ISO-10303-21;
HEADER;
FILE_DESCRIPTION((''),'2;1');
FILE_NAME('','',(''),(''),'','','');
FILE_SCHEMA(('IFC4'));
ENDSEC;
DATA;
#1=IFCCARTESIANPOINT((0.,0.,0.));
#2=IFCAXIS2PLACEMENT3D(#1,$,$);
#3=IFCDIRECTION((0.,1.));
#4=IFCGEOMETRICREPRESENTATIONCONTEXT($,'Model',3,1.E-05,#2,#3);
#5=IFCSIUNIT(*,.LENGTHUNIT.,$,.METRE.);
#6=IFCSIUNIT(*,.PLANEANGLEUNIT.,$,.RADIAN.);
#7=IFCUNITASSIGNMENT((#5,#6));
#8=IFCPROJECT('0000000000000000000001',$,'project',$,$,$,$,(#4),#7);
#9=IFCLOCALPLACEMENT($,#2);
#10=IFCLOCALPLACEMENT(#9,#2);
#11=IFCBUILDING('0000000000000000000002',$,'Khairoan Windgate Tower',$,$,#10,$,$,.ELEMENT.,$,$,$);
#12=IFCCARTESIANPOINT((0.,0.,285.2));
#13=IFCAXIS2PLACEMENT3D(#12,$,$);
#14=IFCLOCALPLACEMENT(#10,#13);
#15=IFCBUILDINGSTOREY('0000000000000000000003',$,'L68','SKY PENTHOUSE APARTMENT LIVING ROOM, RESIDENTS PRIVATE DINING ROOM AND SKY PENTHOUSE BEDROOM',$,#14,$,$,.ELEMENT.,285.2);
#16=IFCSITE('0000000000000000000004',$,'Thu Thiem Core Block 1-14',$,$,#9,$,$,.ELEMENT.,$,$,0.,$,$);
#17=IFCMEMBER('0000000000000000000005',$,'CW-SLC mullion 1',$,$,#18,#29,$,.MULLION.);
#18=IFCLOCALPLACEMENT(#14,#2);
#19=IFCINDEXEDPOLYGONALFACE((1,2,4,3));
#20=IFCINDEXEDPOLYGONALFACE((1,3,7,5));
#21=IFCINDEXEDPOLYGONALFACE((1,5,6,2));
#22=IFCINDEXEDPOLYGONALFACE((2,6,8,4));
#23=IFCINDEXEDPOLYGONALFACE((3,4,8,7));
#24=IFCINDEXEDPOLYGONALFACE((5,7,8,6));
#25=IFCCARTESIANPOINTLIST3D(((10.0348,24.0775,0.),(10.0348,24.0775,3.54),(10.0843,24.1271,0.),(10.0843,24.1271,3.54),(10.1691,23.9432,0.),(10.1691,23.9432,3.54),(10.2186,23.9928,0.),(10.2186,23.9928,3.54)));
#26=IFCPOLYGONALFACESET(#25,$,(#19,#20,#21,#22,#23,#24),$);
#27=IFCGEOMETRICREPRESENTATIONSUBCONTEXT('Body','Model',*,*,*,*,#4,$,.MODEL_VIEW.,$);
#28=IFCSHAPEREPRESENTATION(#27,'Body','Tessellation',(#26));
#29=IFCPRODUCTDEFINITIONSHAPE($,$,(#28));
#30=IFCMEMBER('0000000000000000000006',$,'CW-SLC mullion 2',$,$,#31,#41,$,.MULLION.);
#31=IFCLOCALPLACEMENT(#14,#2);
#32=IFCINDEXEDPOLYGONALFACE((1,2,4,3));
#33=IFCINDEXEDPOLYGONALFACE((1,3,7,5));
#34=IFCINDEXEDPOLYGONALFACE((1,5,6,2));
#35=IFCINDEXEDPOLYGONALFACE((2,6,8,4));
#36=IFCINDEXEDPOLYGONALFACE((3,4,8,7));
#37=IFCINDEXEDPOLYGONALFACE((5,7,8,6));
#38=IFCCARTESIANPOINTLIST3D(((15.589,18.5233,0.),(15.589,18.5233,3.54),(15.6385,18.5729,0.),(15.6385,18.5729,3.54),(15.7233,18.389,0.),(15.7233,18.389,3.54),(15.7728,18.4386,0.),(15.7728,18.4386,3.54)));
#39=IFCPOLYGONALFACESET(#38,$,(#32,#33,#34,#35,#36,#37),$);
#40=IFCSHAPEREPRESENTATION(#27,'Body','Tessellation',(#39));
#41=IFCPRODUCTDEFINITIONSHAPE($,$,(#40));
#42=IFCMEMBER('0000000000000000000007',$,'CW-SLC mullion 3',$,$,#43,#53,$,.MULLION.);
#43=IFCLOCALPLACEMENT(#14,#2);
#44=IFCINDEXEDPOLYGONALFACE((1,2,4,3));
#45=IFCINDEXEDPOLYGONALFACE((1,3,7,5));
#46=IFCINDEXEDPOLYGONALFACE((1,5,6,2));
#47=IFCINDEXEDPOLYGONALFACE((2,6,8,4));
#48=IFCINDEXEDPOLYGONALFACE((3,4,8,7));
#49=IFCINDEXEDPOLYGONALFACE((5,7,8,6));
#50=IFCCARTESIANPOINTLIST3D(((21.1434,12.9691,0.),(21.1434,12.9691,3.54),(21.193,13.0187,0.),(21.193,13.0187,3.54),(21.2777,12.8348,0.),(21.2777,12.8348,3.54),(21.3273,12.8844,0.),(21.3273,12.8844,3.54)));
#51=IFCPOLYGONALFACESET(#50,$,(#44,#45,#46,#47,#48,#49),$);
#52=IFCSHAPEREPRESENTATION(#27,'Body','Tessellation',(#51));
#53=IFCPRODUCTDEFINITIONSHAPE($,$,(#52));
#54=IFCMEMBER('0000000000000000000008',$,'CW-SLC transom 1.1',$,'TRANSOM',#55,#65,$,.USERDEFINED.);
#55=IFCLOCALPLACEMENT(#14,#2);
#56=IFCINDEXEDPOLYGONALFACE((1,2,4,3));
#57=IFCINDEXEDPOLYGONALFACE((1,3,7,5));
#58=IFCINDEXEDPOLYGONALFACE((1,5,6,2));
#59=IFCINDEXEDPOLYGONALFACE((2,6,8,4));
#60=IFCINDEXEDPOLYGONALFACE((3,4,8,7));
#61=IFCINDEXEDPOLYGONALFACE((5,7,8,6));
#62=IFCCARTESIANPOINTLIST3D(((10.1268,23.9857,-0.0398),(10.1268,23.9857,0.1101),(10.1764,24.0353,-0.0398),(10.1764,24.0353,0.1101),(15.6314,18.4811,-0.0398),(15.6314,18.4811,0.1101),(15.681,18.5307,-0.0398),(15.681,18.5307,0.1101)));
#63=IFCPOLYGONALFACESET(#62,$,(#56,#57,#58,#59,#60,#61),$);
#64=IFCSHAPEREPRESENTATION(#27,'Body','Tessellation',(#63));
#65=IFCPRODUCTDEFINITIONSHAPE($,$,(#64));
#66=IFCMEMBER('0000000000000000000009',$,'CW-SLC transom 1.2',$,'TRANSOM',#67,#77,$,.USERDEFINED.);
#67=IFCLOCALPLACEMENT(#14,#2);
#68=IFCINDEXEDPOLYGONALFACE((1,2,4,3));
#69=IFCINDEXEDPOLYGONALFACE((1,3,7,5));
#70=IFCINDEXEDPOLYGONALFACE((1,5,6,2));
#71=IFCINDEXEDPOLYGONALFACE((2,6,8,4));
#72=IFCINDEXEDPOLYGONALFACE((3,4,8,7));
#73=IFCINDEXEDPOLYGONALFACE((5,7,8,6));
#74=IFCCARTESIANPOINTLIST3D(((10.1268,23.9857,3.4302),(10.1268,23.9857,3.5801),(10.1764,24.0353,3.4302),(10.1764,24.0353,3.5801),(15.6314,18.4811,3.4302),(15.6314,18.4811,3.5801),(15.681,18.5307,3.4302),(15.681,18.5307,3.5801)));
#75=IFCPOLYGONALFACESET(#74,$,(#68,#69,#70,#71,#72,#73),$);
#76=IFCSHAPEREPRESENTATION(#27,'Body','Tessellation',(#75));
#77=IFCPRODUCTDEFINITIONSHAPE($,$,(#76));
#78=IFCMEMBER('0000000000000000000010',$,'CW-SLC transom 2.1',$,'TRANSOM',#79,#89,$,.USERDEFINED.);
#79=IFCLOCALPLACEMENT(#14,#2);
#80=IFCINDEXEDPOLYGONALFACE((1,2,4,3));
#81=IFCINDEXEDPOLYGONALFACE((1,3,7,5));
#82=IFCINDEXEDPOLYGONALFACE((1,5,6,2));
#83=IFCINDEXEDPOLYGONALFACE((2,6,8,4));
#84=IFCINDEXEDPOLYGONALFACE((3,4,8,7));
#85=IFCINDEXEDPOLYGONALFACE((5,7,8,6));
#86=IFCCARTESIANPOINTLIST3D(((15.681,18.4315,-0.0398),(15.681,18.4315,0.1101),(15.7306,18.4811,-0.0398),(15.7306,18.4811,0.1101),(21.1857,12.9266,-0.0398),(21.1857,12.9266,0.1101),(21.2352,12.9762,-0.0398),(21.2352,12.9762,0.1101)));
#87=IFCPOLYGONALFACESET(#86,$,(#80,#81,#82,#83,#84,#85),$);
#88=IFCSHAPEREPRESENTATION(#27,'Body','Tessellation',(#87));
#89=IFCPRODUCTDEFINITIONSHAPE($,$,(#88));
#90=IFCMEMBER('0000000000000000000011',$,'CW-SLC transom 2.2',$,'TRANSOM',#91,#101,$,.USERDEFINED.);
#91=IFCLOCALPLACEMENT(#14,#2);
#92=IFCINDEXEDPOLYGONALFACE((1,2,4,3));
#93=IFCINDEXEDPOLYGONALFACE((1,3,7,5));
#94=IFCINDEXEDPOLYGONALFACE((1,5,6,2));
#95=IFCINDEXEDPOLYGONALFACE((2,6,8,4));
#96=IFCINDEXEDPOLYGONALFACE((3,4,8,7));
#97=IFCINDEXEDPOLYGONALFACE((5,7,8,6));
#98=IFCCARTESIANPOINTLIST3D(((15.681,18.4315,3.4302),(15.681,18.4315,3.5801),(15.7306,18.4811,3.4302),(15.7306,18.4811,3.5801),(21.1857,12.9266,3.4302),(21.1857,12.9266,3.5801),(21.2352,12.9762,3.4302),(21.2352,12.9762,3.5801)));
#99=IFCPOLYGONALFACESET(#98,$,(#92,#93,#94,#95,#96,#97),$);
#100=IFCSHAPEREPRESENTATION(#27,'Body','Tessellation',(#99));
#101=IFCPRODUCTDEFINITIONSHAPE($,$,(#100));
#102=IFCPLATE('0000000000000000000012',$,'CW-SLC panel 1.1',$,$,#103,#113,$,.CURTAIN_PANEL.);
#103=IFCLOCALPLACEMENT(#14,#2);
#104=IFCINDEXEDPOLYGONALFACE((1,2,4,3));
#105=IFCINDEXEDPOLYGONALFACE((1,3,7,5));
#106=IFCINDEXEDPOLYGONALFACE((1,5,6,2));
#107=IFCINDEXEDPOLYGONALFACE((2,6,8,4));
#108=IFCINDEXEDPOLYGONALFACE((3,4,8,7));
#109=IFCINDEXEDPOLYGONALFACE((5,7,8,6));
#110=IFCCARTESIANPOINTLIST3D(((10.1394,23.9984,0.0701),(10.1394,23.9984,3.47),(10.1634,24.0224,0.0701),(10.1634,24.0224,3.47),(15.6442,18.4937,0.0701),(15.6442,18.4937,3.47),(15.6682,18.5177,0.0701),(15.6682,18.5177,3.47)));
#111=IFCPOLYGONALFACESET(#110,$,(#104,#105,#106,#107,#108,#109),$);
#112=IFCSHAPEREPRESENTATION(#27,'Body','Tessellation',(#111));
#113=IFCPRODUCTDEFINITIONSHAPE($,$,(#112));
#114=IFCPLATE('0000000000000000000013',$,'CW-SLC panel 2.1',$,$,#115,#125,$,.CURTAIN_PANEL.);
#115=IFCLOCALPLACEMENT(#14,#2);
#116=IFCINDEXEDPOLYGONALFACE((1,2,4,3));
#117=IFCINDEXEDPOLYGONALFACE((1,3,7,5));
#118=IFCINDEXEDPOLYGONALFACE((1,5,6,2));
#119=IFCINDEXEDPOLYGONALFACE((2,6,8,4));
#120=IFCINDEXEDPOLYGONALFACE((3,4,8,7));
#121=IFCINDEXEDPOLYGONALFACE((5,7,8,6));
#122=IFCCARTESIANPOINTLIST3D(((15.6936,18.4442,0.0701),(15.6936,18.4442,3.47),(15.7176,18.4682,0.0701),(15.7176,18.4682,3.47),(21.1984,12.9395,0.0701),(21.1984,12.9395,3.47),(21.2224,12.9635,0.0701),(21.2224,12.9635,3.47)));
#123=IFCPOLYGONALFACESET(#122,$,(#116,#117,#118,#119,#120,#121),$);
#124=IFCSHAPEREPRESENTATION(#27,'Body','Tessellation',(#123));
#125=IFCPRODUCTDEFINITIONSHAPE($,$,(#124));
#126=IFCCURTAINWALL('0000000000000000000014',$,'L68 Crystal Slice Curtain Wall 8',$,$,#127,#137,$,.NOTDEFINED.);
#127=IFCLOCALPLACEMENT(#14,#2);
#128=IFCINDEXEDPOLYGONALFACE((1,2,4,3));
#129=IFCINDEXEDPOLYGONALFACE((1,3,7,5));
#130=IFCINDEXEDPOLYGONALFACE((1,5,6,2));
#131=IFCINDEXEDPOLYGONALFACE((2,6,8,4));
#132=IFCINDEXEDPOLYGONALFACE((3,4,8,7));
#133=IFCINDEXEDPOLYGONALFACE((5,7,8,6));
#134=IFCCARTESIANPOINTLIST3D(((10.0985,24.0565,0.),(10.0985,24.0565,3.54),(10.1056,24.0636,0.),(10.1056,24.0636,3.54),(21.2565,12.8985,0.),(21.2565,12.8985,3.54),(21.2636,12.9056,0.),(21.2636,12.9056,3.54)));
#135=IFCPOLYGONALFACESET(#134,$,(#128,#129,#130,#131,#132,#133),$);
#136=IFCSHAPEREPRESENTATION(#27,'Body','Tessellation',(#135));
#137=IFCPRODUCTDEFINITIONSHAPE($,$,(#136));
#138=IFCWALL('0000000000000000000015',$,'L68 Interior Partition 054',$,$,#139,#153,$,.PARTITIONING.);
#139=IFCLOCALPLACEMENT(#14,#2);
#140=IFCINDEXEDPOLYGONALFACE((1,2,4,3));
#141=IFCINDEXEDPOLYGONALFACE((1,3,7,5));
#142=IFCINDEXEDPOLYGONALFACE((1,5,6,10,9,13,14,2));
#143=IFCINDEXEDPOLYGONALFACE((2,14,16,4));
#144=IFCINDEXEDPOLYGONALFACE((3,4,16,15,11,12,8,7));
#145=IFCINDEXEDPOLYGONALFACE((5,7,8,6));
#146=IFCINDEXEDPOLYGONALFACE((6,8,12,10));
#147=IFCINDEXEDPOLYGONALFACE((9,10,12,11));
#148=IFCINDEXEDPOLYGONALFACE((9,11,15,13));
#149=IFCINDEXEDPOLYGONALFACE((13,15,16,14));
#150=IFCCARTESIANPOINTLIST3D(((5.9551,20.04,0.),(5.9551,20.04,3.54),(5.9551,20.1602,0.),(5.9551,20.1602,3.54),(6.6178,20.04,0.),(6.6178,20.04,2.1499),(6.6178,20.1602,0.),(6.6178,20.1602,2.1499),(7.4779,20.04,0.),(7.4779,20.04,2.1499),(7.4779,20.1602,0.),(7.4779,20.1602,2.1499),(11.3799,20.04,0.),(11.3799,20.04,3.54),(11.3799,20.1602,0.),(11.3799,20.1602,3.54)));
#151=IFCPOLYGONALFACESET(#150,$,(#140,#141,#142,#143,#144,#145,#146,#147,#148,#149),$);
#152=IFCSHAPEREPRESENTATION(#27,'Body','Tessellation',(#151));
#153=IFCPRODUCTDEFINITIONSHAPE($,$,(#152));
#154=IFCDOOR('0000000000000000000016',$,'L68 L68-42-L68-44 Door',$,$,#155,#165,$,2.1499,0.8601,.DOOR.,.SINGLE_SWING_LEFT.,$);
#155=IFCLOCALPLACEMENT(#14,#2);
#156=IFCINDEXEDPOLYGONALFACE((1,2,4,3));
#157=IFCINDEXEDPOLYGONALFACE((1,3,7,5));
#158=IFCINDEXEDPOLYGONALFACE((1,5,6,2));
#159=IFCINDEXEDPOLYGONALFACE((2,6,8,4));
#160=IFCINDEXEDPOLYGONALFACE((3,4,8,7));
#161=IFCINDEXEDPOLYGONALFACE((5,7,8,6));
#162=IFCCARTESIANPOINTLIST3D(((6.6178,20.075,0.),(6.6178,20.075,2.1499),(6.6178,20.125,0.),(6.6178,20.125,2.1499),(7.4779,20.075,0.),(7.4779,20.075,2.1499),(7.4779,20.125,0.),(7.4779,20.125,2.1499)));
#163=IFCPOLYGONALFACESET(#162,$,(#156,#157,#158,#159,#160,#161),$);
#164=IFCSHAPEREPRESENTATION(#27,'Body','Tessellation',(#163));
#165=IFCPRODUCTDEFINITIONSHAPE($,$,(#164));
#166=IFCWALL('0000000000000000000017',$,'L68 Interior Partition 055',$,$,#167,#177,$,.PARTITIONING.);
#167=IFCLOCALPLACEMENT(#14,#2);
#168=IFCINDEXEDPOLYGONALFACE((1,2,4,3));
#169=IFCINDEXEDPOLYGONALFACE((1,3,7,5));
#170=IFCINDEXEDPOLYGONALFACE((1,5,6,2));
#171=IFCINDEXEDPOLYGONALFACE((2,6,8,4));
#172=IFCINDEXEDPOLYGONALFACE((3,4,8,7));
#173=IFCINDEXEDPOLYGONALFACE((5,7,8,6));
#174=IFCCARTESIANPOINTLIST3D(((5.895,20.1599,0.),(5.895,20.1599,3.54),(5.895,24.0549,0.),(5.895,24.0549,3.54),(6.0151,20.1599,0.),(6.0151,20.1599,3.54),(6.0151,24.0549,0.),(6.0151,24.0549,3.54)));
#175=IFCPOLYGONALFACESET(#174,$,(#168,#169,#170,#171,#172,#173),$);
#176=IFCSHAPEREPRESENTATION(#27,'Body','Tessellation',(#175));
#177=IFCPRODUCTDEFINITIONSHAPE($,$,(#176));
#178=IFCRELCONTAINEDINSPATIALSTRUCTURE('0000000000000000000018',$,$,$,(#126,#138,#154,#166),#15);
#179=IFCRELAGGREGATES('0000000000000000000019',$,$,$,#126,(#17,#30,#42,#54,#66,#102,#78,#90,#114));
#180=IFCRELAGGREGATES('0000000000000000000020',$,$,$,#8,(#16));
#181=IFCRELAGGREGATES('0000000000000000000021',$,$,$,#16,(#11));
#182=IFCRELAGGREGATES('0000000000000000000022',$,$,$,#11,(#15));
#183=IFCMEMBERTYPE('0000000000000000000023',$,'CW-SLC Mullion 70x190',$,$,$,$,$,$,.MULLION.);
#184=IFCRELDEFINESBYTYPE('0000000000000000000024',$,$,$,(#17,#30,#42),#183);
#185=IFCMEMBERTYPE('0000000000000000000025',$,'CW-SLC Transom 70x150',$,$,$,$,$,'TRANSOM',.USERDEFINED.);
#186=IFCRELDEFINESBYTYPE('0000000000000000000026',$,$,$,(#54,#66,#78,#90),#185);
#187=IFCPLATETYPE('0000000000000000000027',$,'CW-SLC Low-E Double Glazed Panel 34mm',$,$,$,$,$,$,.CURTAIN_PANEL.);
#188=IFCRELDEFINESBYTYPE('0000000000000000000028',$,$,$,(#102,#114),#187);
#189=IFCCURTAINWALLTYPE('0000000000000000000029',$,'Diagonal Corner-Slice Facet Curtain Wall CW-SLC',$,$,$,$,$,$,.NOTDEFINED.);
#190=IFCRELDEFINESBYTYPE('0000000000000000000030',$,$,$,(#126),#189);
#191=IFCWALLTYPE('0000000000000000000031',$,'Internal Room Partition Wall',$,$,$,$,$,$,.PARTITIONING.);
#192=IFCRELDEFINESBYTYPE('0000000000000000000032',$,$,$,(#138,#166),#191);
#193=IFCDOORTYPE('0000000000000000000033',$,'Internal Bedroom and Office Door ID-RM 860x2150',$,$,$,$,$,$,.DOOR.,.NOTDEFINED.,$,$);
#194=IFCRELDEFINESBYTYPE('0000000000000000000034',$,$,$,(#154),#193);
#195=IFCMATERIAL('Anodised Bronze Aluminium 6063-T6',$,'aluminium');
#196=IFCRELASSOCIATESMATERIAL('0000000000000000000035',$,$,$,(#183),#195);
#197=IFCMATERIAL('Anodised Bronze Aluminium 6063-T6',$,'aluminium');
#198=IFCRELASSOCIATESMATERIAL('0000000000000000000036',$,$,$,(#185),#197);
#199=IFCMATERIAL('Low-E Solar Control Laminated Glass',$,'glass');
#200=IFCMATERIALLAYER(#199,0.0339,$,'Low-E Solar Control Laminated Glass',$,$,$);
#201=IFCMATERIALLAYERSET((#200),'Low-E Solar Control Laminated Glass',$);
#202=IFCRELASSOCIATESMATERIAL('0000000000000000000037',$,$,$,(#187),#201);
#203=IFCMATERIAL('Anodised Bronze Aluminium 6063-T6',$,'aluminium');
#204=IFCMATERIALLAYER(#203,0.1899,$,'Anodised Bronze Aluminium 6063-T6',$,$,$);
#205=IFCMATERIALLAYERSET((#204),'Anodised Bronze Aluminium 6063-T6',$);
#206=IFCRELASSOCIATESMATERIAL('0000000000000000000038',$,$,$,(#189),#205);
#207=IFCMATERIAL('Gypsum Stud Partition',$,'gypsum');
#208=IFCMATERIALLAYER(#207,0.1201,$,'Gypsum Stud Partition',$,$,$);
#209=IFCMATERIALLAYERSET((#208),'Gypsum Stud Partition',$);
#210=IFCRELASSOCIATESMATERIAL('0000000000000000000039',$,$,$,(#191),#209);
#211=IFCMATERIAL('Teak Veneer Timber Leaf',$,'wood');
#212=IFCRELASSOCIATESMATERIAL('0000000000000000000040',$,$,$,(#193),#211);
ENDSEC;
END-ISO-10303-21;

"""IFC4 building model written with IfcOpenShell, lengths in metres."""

from ifc_helpers import new_model, si_unit, direction, frame, frame_2d, origin, origin_2d, place, context, subcontext, project, spatial, rectangle, extrude, material, layer, layer_set, material_profile, profile_set, type_object, element, fill, aggregate, save


model = new_model("IFC4")

# Units and contexts
model_context = context("Model", 3, precision=1e-05, world=origin(), true_north=direction((0.0, 1.0)))
body_context = subcontext(model_context, "Body", "Model", "MODEL_VIEW")
ifc_project = project(units=[si_unit("LENGTHUNIT", "METRE"), si_unit("PLANEANGLEUNIT", "RADIAN")], contexts=[model_context])

# Site, building, storey
site_placement = place(None, origin())
site = spatial("IfcSite", under=ifc_project, at=site_placement, Name="Thu Thiem Core Block 1-14", CompositionType="ELEMENT", RefElevation=0.0)
building_placement = place(site_placement, origin())
building = spatial("IfcBuilding", under=site, at=building_placement, Name="Khairoan Windgate Tower", CompositionType="ELEMENT")
storey_placement = place(building_placement, frame((0.0, 0.0, 285.2)))
storey = spatial("IfcBuildingStorey", under=building, at=storey_placement, Name="L68", Description="SKY PENTHOUSE APARTMENT LIVING ROOM, RESIDENTS PRIVATE DINING ROOM AND SKY PENTHOUSE BEDROOM", CompositionType="ELEMENT", Elevation=285.2)

# Members
ifc_material_1 = material(Name="Anodised Bronze Aluminium 6063-T6", Category="aluminium")
ifc_material_profile_1 = material_profile(ifc_material_1, rectangle(XDim=0.0701, YDim=0.1899, at=origin_2d()))
ifc_profile_set_1 = profile_set([ifc_material_profile_1], Name="Anodised Bronze Aluminium 6063-T6")
member_type_1 = type_object("IfcMemberType", Name="CW-SLC Mullion 70x190", PredefinedType="MULLION", material=ifc_profile_set_1)
member_1_placement = place(storey_placement, frame((10.1267, 24.0352, 0.0), z_axis=(0.0, 0.0, 1.0), x_axis=(0.707107, 0.707107, 0.0)))
member_1 = element("IfcMember", 1, at=member_1_placement, type_object=member_type_1, Name="CW-SLC mullion 1", PredefinedType="MULLION", context=body_context, shape_type="SweptSolid", body=[
    extrude(rectangle(XDim=0.0701, YDim=0.1899, at=origin_2d()), origin(), (0.0, 0.0, 1.0), 3.54),
])
member_2_placement = place(storey_placement, frame((15.6809, 18.481, 0.0), z_axis=(0.0, 0.0, 1.0), x_axis=(0.707107, 0.707107, 0.0)))
member_2 = element("IfcMember", 2, at=member_2_placement, type_object=member_type_1, Name="CW-SLC mullion 2", PredefinedType="MULLION", context=body_context, shape_type="SweptSolid", body=[
    extrude(rectangle(XDim=0.0701, YDim=0.1899, at=origin_2d()), origin(), (0.0, 0.0, 1.0), 3.54),
])
member_3_placement = place(storey_placement, frame((21.2354, 12.9268, 0.0), z_axis=(0.0, 0.0, 1.0), x_axis=(0.707107, 0.707107, 0.0)))
member_3 = element("IfcMember", 3, at=member_3_placement, type_object=member_type_1, Name="CW-SLC mullion 3", PredefinedType="MULLION", context=body_context, shape_type="SweptSolid", body=[
    extrude(rectangle(XDim=0.0701, YDim=0.1899, at=origin_2d()), origin(), (0.0, 0.0, 1.0), 3.54),
])
ifc_material_2 = material(Name="Anodised Bronze Aluminium 6063-T6", Category="aluminium")
ifc_material_profile_2 = material_profile(ifc_material_2, rectangle(XDim=0.0701, YDim=0.1499, at=origin_2d()))
ifc_profile_set_2 = profile_set([ifc_material_profile_2], Name="Anodised Bronze Aluminium 6063-T6")
member_type_2 = type_object("IfcMemberType", Name="CW-SLC Transom 70x150", ElementType="TRANSOM", PredefinedType="USERDEFINED", material=ifc_profile_set_2)
member_4_placement = place(storey_placement, frame((10.1516, 24.0105, 0.0352), z_axis=(0.707107, -0.707107, 0.0), x_axis=(0.707107, 0.707107, 0.0)))
member_4 = element("IfcMember", 4, at=member_4_placement, type_object=member_type_2, Name="CW-SLC transom 1.1", ObjectType="TRANSOM", PredefinedType="USERDEFINED", context=body_context, shape_type="SweptSolid", body=[
    extrude(rectangle(XDim=0.0701, YDim=0.1499, at=origin_2d()), origin(), (0.0, 0.0, 1.0), 7.7847),
])
member_5_placement = place(storey_placement, frame((10.1516, 24.0105, 3.5051), z_axis=(0.707107, -0.707107, 0.0), x_axis=(0.707107, 0.707107, 0.0)))
member_5 = element("IfcMember", 5, at=member_5_placement, type_object=member_type_2, Name="CW-SLC transom 1.2", ObjectType="TRANSOM", PredefinedType="USERDEFINED", context=body_context, shape_type="SweptSolid", body=[
    extrude(rectangle(XDim=0.0701, YDim=0.1499, at=origin_2d()), origin(), (0.0, 0.0, 1.0), 7.7847),
])
member_6_placement = place(storey_placement, frame((15.7058, 18.4563, 0.0352), z_axis=(0.707091, -0.707122, 0.0), x_axis=(0.707122, 0.707091, 0.0)))
member_6 = element("IfcMember", 6, at=member_6_placement, type_object=member_type_2, Name="CW-SLC transom 2.1", ObjectType="TRANSOM", PredefinedType="USERDEFINED", context=body_context, shape_type="SweptSolid", body=[
    extrude(rectangle(XDim=0.0701, YDim=0.1499, at=origin_2d()), origin(), (0.0, 0.0, 1.0), 7.7849),
])
member_7_placement = place(storey_placement, frame((15.7058, 18.4563, 3.5051), z_axis=(0.707091, -0.707122, 0.0), x_axis=(0.707122, 0.707091, 0.0)))
member_7 = element("IfcMember", 7, at=member_7_placement, type_object=member_type_2, Name="CW-SLC transom 2.2", ObjectType="TRANSOM", PredefinedType="USERDEFINED", context=body_context, shape_type="SweptSolid", body=[
    extrude(rectangle(XDim=0.0701, YDim=0.1499, at=origin_2d()), origin(), (0.0, 0.0, 1.0), 7.7849),
])

# Plates
ifc_material_3 = material(Name="Low-E Solar Control Laminated Glass", Category="glass")
ifc_layer_1 = layer(ifc_material_3, 0.0339, Name="Low-E Solar Control Laminated Glass")
ifc_layer_set_1 = layer_set([ifc_layer_1], Name="Low-E Solar Control Laminated Glass")
plate_type = type_object("IfcPlateType", Name="CW-SLC Low-E Double Glazed Panel 34mm", PredefinedType="CURTAIN_PANEL", material=ifc_layer_set_1)
plate_1_placement = place(storey_placement, frame((12.9038, 21.2581, 0.0701), z_axis=(0.0, 0.0, 1.0), x_axis=(0.707107, -0.707107, 0.0)))
plate_1 = element("IfcPlate", 8, at=plate_1_placement, type_object=plate_type, Name="CW-SLC panel 1.1", PredefinedType="CURTAIN_PANEL", context=body_context, shape_type="SweptSolid", body=[
    extrude(rectangle(XDim=7.7849, YDim=0.0339, at=origin_2d()), origin(), (0.0, 0.0, 1.0), 3.3999),
])
plate_2_placement = place(storey_placement, frame((18.458, 15.7039, 0.0701), z_axis=(0.0, 0.0, 1.0), x_axis=(0.707107, -0.707107, 0.0)))
plate_2 = element("IfcPlate", 9, at=plate_2_placement, type_object=plate_type, Name="CW-SLC panel 2.1", PredefinedType="CURTAIN_PANEL", context=body_context, shape_type="SweptSolid", body=[
    extrude(rectangle(XDim=7.7849, YDim=0.0339, at=origin_2d()), origin(), (0.0, 0.0, 1.0), 3.3999),
])

# Curtain wall
ifc_material_4 = material(Name="Anodised Bronze Aluminium 6063-T6", Category="aluminium")
ifc_layer_2 = layer(ifc_material_4, 0.1899, Name="Anodised Bronze Aluminium 6063-T6")
ifc_layer_set_2 = layer_set([ifc_layer_2], Name="Anodised Bronze Aluminium 6063-T6")
curtain_wall_type = type_object("IfcCurtainWallType", Name="Diagonal Corner-Slice Facet Curtain Wall CW-SLC", PredefinedType="NOTDEFINED", material=ifc_layer_set_2)
curtain_wall_placement = place(storey_placement, frame((10.1021, 24.0601, 0.0), z_axis=(0.0, 0.0, 1.0), x_axis=(0.707107, -0.707107, 0.0)))
curtain_wall = element("IfcCurtainWall", 10, at=curtain_wall_placement, inside=storey, type_object=curtain_wall_type, Name="L68 Crystal Slice Curtain Wall 8", PredefinedType="NOTDEFINED", context=body_context, shape_type="SweptSolid", body=[
    extrude(rectangle(XDim=15.7798, YDim=0.01, at=frame_2d((7.8899, 0.0))), origin(), (0.0, 0.0, 1.0), 3.54),
])
aggregate(curtain_wall, [member_1, member_2, member_3, member_4, member_5, plate_1, member_6, member_7, plate_2])

# Wall, opening, door
ifc_material_5 = material(Name="Gypsum Stud Partition", Category="gypsum")
ifc_layer_3 = layer(ifc_material_5, 0.1201, Name="Gypsum Stud Partition")
ifc_layer_set_3 = layer_set([ifc_layer_3], Name="Gypsum Stud Partition")
wall_type = type_object("IfcWallType", Name="Internal Room Partition Wall", PredefinedType="PARTITIONING", material=ifc_layer_set_3)
wall_1_placement = place(storey_placement, frame((5.9551, 20.1001, 0.0), z_axis=(0.0, 0.0, 1.0), x_axis=(1.0, 0.0, 0.0)))
wall_1 = element("IfcWall", 11, at=wall_1_placement, inside=storey, type_object=wall_type, Name="L68 Interior Partition 054", PredefinedType="PARTITIONING", context=body_context, shape_type="SweptSolid", body=[
    extrude(rectangle(XDim=5.4248, YDim=0.1201, at=frame_2d((2.7124, 0.0))), origin(), (0.0, 0.0, 1.0), 3.54),
])
opening_placement = place(wall_1_placement, frame((0.6626, 0.0, 0.0)))
opening = element("IfcOpeningElement", 12, at=opening_placement, cuts=wall_1, PredefinedType="OPENING", context=body_context, shape_type="SweptSolid", body=[
    extrude(rectangle(XDim=0.8601, YDim=2.1499, at=frame_2d((0.4302, 1.075))), frame((0.0, 0.0701, 0.0), z_axis=(0.0, -1.0, 0.0), x_axis=(1.0, 0.0, 0.0)), (0.0, 0.0, 1.0), 0.1401),
])
ifc_material_6 = material(Name="Teak Veneer Timber Leaf", Category="wood")
door_type = type_object("IfcDoorType", Name="Internal Bedroom and Office Door ID-RM 860x2150", OperationType="NOTDEFINED", PredefinedType="DOOR", material=ifc_material_6)
door_placement = place(opening_placement, origin())
door = element("IfcDoor", 13, at=door_placement, inside=storey, type_object=door_type, Name="L68 L68-42-L68-44 Door", OperationType="SINGLE_SWING_LEFT", OverallHeight=2.1499, OverallWidth=0.8601, PredefinedType="DOOR", context=body_context, shape_type="SweptSolid", body=[
    extrude(rectangle(XDim=0.8601, YDim=2.1499, at=frame_2d((0.4302, 1.075))), frame((0.0, 0.0249, 0.0), z_axis=(0.0, -1.0, 0.0), x_axis=(1.0, 0.0, 0.0)), (0.0, 0.0, 1.0), 0.05),
])
fill(opening, door)

# Wall
wall_2_placement = place(storey_placement, frame((5.9551, 20.1599, 0.0), z_axis=(0.0, 0.0, 1.0), x_axis=(0.0, 1.0, 0.0)))
element("IfcWall", 14, at=wall_2_placement, inside=storey, type_object=wall_type, Name="L68 Interior Partition 055", PredefinedType="PARTITIONING", context=body_context, shape_type="SweptSolid", body=[
    extrude(rectangle(XDim=3.895, YDim=0.1201, at=frame_2d((1.9475, 0.0))), origin(), (0.0, 0.0, 1.0), 3.54),
])

save(model, "model.ifc")
